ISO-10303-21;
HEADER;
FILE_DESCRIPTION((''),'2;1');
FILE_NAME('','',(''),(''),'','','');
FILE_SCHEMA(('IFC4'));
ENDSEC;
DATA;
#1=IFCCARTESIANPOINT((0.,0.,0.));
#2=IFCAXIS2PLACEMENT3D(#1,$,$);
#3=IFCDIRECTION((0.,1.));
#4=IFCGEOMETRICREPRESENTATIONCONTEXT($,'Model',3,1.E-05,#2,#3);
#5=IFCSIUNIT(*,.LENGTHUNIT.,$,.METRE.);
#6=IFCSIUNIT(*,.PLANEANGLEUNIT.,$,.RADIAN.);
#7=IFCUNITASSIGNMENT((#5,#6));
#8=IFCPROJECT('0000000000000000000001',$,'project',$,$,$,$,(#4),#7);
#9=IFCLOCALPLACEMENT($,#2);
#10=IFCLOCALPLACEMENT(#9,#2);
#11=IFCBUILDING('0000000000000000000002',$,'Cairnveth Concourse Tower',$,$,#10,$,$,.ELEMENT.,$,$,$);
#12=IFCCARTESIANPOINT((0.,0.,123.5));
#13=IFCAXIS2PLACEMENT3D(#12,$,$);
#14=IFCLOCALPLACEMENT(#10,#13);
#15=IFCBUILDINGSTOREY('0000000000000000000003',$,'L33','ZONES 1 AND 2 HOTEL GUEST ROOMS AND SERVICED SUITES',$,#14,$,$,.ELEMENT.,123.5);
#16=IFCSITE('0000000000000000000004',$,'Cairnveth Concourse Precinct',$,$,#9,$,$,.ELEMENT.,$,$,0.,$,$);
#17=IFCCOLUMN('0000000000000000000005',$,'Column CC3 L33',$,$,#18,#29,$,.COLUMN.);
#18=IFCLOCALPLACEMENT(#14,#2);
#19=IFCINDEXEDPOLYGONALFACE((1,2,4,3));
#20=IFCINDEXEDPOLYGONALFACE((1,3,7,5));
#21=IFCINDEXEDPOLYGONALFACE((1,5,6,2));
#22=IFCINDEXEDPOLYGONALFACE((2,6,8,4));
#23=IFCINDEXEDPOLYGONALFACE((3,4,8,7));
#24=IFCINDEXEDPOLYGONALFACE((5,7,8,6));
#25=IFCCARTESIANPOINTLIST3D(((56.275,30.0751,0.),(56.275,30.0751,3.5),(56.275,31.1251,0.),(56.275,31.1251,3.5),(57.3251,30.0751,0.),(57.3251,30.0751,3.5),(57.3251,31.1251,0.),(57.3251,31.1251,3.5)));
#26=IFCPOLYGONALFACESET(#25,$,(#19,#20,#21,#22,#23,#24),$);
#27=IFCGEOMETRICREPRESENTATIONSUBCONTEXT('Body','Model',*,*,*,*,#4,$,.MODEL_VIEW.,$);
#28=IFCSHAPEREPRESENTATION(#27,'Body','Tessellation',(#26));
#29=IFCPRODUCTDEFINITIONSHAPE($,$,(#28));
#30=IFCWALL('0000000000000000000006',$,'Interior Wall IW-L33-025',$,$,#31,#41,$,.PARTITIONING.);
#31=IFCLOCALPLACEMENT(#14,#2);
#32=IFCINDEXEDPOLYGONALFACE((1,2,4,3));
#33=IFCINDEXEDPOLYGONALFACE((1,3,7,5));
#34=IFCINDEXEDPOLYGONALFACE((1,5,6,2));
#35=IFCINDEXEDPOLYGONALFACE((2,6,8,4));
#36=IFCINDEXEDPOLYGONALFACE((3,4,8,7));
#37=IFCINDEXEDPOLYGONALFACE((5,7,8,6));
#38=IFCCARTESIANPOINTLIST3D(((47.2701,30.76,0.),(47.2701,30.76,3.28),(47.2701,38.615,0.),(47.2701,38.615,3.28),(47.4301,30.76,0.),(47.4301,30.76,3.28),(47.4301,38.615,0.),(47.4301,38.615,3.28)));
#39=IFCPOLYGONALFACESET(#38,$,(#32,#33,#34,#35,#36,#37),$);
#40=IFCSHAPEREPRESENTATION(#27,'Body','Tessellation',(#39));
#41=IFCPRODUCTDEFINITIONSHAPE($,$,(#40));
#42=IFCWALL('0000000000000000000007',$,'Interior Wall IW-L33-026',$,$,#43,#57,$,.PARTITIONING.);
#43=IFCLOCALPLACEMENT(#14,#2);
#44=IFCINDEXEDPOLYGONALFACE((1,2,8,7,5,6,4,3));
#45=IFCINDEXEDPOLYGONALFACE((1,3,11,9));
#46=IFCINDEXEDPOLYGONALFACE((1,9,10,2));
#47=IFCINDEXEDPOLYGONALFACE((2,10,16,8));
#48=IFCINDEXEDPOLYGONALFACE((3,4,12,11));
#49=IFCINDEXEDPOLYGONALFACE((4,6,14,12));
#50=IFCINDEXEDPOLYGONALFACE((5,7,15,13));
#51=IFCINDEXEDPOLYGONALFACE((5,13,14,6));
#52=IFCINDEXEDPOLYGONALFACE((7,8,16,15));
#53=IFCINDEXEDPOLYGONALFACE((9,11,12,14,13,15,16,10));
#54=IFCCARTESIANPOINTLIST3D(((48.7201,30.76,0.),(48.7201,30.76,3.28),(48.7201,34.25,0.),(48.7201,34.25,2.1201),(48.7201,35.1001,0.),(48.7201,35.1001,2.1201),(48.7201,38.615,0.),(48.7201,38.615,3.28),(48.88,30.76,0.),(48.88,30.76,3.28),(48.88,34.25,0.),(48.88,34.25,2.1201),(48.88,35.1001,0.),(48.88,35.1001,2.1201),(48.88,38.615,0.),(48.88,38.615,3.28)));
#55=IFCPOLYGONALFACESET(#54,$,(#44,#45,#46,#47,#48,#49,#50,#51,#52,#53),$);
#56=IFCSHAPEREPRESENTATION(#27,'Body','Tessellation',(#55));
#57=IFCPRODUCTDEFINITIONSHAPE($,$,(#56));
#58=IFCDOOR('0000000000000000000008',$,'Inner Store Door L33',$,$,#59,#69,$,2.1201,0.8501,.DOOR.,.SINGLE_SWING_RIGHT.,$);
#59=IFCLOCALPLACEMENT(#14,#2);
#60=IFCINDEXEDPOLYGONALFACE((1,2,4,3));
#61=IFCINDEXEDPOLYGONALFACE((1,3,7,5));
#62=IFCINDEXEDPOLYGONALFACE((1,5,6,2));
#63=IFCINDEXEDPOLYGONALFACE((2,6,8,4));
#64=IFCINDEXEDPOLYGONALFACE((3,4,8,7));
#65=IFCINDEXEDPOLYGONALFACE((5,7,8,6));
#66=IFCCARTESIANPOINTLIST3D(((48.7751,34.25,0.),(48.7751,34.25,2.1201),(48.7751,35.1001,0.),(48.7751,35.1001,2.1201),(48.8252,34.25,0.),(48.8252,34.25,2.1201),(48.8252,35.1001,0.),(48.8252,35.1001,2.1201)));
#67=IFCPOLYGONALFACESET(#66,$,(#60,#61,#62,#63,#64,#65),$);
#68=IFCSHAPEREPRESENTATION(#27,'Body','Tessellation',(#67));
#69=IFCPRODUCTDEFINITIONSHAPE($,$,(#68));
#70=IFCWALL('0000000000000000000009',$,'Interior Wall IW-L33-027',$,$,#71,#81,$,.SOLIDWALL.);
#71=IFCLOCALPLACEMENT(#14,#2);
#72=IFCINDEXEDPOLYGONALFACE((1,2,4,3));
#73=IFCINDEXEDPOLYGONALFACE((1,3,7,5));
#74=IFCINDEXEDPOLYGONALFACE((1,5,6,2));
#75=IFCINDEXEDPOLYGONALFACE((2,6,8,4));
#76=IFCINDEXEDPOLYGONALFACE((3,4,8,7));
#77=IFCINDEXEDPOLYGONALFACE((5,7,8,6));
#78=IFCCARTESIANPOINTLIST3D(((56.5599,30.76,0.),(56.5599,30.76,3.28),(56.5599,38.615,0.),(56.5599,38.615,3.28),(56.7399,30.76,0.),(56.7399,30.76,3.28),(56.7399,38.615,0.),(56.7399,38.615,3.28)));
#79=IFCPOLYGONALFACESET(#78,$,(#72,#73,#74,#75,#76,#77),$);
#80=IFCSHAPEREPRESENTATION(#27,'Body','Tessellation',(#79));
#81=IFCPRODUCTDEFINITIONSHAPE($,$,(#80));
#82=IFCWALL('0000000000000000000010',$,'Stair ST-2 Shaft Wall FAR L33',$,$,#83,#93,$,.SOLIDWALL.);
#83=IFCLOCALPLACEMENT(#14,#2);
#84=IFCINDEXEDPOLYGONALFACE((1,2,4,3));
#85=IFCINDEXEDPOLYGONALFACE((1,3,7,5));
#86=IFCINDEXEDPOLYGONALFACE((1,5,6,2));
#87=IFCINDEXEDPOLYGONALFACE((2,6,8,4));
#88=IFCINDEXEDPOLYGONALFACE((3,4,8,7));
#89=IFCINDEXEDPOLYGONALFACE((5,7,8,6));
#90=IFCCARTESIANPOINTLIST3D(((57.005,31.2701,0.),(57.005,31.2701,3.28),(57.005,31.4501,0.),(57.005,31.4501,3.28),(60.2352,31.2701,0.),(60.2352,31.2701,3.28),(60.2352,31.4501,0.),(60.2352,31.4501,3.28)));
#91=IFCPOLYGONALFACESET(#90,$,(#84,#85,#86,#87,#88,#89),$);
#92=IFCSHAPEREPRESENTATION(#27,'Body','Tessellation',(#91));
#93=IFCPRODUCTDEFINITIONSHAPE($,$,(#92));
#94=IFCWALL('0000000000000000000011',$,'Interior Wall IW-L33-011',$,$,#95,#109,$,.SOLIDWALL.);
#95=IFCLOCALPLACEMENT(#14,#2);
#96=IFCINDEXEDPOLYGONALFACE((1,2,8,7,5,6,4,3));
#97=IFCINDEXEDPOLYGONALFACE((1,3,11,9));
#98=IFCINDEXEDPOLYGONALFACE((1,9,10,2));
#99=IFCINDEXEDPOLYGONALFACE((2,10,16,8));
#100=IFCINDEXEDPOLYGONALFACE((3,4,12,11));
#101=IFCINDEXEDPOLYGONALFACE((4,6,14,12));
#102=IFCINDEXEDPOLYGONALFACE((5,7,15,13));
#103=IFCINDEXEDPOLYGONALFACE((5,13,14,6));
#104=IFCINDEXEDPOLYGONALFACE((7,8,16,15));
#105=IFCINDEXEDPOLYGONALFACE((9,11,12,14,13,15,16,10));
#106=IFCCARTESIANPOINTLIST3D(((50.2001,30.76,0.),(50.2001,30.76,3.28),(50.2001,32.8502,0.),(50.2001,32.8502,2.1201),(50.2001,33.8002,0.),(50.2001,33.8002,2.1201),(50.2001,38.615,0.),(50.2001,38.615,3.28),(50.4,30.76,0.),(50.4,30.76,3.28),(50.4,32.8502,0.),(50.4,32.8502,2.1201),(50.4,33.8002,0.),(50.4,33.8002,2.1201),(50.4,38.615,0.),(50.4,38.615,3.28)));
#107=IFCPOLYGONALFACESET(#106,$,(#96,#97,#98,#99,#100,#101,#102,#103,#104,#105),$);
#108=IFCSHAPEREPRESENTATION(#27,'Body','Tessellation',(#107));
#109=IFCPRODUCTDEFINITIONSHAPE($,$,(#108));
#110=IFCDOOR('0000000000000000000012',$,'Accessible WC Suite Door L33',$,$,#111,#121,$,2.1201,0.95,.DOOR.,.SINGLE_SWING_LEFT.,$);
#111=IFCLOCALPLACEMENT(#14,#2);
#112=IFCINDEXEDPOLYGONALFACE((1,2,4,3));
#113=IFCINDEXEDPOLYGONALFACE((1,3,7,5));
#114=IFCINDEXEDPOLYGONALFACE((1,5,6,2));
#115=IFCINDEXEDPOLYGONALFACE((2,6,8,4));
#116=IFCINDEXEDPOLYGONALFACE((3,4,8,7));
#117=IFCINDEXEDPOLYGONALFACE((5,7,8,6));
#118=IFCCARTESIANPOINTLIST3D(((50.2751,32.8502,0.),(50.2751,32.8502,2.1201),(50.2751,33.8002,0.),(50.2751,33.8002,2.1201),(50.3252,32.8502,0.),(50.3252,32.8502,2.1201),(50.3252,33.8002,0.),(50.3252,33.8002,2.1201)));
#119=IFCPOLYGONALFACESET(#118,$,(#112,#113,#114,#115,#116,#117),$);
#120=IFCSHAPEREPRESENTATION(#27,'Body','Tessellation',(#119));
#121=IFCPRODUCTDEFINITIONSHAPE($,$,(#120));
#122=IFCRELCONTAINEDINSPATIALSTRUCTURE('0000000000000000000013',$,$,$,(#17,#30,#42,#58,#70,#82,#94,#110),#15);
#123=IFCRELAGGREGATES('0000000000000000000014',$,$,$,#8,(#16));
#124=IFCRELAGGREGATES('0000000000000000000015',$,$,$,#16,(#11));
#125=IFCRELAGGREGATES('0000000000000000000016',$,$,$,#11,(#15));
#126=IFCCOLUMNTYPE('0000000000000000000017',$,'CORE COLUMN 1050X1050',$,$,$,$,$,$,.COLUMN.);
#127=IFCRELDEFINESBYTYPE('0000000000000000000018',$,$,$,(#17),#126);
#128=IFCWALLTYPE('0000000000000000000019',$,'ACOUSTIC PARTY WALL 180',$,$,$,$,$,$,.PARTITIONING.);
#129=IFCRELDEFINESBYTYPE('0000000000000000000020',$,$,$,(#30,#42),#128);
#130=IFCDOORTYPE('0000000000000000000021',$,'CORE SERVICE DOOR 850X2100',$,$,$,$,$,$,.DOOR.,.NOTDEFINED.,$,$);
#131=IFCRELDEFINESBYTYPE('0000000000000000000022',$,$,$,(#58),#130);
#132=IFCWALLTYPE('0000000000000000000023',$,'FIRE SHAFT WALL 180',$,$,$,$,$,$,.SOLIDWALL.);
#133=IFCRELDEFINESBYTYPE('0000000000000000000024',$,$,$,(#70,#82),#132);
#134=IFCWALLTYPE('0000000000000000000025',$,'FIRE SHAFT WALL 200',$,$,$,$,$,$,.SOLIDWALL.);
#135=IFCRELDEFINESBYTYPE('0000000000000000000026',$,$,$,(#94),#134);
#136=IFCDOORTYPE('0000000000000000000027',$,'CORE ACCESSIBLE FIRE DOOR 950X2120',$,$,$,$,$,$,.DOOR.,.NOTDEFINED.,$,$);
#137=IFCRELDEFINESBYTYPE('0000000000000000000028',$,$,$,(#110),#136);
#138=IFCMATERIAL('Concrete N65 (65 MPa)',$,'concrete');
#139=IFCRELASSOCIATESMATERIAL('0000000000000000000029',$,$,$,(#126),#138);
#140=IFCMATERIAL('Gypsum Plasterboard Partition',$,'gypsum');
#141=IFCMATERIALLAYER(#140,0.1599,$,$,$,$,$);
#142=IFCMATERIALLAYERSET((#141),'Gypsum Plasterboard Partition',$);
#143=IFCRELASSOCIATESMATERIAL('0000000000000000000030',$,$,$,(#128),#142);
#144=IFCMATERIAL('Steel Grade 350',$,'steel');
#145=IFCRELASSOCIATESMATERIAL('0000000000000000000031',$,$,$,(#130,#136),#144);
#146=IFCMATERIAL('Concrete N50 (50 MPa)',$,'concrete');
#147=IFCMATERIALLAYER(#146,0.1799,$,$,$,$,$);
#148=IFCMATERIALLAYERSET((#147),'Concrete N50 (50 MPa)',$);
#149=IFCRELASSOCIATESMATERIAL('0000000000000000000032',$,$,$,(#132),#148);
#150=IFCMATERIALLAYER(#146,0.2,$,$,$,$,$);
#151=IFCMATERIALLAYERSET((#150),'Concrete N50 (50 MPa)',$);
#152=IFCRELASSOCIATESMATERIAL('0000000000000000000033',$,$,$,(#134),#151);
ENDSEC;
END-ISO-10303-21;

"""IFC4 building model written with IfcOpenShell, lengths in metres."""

from ifc_helpers import new_model, si_unit, direction, frame, frame_2d, origin, origin_2d, place, context, subcontext, project, spatial, rectangle, extrude, material, layer, layer_set, material_profile, profile_set, type_object, element, fill, save


model = new_model("IFC4")

# Units and contexts
model_context = context("Model", 3, precision=1e-05, world=origin(), true_north=direction((0.0, 1.0)))
body_context = subcontext(model_context, "Body", "Model", "MODEL_VIEW")
ifc_project = project(units=[si_unit("LENGTHUNIT", "METRE"), si_unit("PLANEANGLEUNIT", "RADIAN")], contexts=[model_context])

# Site, building, storey
site_placement = place(None, origin())
site = spatial("IfcSite", under=ifc_project, at=site_placement, Name="Cairnveth Concourse Precinct", CompositionType="ELEMENT", RefElevation=0.0)
building_placement = place(site_placement, origin())
building = spatial("IfcBuilding", under=site, at=building_placement, Name="Cairnveth Concourse Tower", CompositionType="ELEMENT")
storey_placement = place(building_placement, frame((0.0, 0.0, 123.5)))
storey = spatial("IfcBuildingStorey", under=building, at=storey_placement, Name="L33", Description="ZONES 1 AND 2 HOTEL GUEST ROOMS AND SERVICED SUITES", CompositionType="ELEMENT", Elevation=123.5)

# Column
ifc_material_1 = material(Name="Concrete N65 (65 MPa)", Category="concrete")
ifc_material_profile = material_profile(ifc_material_1, rectangle(XDim=1.05, YDim=1.05, at=origin_2d()), Name="RC-COL-1050x1050")
ifc_profile_set = profile_set([ifc_material_profile], Name="Concrete N65 (65 MPa)")
column_type = type_object("IfcColumnType", Name="CORE COLUMN 1050X1050", PredefinedType="COLUMN", material=ifc_profile_set)
column_placement = place(storey_placement, frame((56.8, 30.6001, 0.0), z_axis=(0.0, 0.0, 1.0), x_axis=(1.0, 0.0, 0.0)))
element("IfcColumn", 1, at=column_placement, inside=storey, type_object=column_type, Name="Column CC3 L33", PredefinedType="COLUMN", context=body_context, shape_type="SweptSolid", body=[
    extrude(rectangle(XDim=1.05, YDim=1.05, at=origin_2d()), origin(), (0.0, 0.0, 1.0), 3.5),
])

# Wall
ifc_material_2 = material(Name="Gypsum Plasterboard Partition", Category="gypsum")
ifc_layer_1 = layer(ifc_material_2, 0.1599)
ifc_layer_set_1 = layer_set([ifc_layer_1], Name="Gypsum Plasterboard Partition")
wall_type_1 = type_object("IfcWallType", Name="ACOUSTIC PARTY WALL 180", PredefinedType="PARTITIONING", material=ifc_layer_set_1)
wall_1_placement = place(storey_placement, frame((47.3501, 30.76, 0.0), z_axis=(0.0, 0.0, 1.0), x_axis=(0.0, 1.0, 0.0)))
element("IfcWall", 2, at=wall_1_placement, inside=storey, type_object=wall_type_1, Name="Interior Wall IW-L33-025", PredefinedType="PARTITIONING", context=body_context, shape_type="SweptSolid", body=[
    extrude(rectangle(XDim=7.855, YDim=0.1599, at=frame_2d((3.9275, 0.0))), origin(), (0.0, 0.0, 1.0), 3.28),
])

# Wall, opening, door
wall_2_placement = place(storey_placement, frame((48.8, 30.76, 0.0), z_axis=(0.0, 0.0, 1.0), x_axis=(0.0, 1.0, 0.0)))
wall_2 = element("IfcWall", 3, at=wall_2_placement, inside=storey, type_object=wall_type_1, Name="Interior Wall IW-L33-026", PredefinedType="PARTITIONING", context=body_context, shape_type="SweptSolid", body=[
    extrude(rectangle(XDim=7.855, YDim=0.1599, at=frame_2d((3.9275, 0.0))), origin(), (0.0, 0.0, 1.0), 3.28),
])
opening_1_placement = place(wall_2_placement, frame((3.49, 0.0, 0.0)))
opening_1 = element("IfcOpeningElement", 4, at=opening_1_placement, cuts=wall_2, PredefinedType="OPENING", context=body_context, shape_type="SweptSolid", body=[
    extrude(rectangle(XDim=0.8501, YDim=2.1201, at=frame_2d((0.425, 1.0601))), frame((0.0, 0.0898, 0.0), z_axis=(0.0, -1.0, 0.0), x_axis=(1.0, 0.0, 0.0)), (0.0, 0.0, 1.0), 0.1799),
])
ifc_material_3 = material(Name="Steel Grade 350", Category="steel")
door_type_1 = type_object("IfcDoorType", Name="CORE SERVICE DOOR 850X2100", OperationType="NOTDEFINED", PredefinedType="DOOR", material=ifc_material_3)
door_1_placement = place(opening_1_placement, origin())
door_1 = element("IfcDoor", 5, at=door_1_placement, inside=storey, type_object=door_type_1, Name="Inner Store Door L33", OperationType="SINGLE_SWING_RIGHT", OverallHeight=2.1201, OverallWidth=0.8501, PredefinedType="DOOR", context=body_context, shape_type="SweptSolid", body=[
    extrude(rectangle(XDim=0.8501, YDim=2.1201, at=frame_2d((0.425, 1.0601))), frame((0.0, 0.0249, 0.0), z_axis=(0.0, -1.0, 0.0), x_axis=(1.0, 0.0, 0.0)), (0.0, 0.0, 1.0), 0.05),
])
fill(opening_1, door_1)

# Walls
ifc_material_4 = material(Name="Concrete N50 (50 MPa)", Category="concrete")
ifc_layer_2 = layer(ifc_material_4, 0.1799)
ifc_layer_set_2 = layer_set([ifc_layer_2], Name="Concrete N50 (50 MPa)")
wall_type_2 = type_object("IfcWallType", Name="FIRE SHAFT WALL 180", PredefinedType="SOLIDWALL", material=ifc_layer_set_2)
wall_3_placement = place(storey_placement, frame((56.6499, 30.76, 0.0), z_axis=(0.0, 0.0, 1.0), x_axis=(0.0, 1.0, 0.0)))
element("IfcWall", 6, at=wall_3_placement, inside=storey, type_object=wall_type_2, Name="Interior Wall IW-L33-027", PredefinedType="SOLIDWALL", context=body_context, shape_type="SweptSolid", body=[
    extrude(rectangle(XDim=7.855, YDim=0.1799, at=frame_2d((3.9275, 0.0))), origin(), (0.0, 0.0, 1.0), 3.28),
])
wall_4_placement = place(storey_placement, frame((57.0049, 31.3601, 0.0), z_axis=(0.0, 0.0, 1.0), x_axis=(1.0, 0.0, 0.0)))
element("IfcWall", 7, at=wall_4_placement, inside=storey, type_object=wall_type_2, Name="Stair ST-2 Shaft Wall FAR L33", PredefinedType="SOLIDWALL", context=body_context, shape_type="SweptSolid", body=[
    extrude(rectangle(XDim=3.2302, YDim=0.1799, at=frame_2d((1.6152, 0.0))), origin(), (0.0, 0.0, 1.0), 3.28),
])

# Wall, opening, door
ifc_layer_3 = layer(ifc_material_4, 0.2)
ifc_layer_set_3 = layer_set([ifc_layer_3], Name="Concrete N50 (50 MPa)")
wall_type_3 = type_object("IfcWallType", Name="FIRE SHAFT WALL 200", PredefinedType="SOLIDWALL", material=ifc_layer_set_3)
wall_5_placement = place(storey_placement, frame((50.3, 30.76, 0.0), z_axis=(0.0, 0.0, 1.0), x_axis=(0.0, 1.0, 0.0)))
wall_5 = element("IfcWall", 8, at=wall_5_placement, inside=storey, type_object=wall_type_3, Name="Interior Wall IW-L33-011", PredefinedType="SOLIDWALL", context=body_context, shape_type="SweptSolid", body=[
    extrude(rectangle(XDim=7.855, YDim=0.2, at=frame_2d((3.9275, 0.0))), origin(), (0.0, 0.0, 1.0), 3.28),
])
opening_2_placement = place(wall_5_placement, frame((2.0901, 0.0, 0.0)))
opening_2 = element("IfcOpeningElement", 9, at=opening_2_placement, cuts=wall_5, PredefinedType="OPENING", context=body_context, shape_type="SweptSolid", body=[
    extrude(rectangle(XDim=0.95, YDim=2.1201, at=frame_2d((0.4751, 1.0601))), frame((0.0, 0.1099, 0.0), z_axis=(0.0, -1.0, 0.0), x_axis=(1.0, 0.0, 0.0)), (0.0, 0.0, 1.0), 0.22),
])
door_type_2 = type_object("IfcDoorType", Name="CORE ACCESSIBLE FIRE DOOR 950X2120", OperationType="NOTDEFINED", PredefinedType="DOOR", material=ifc_material_3)
door_2_placement = place(opening_2_placement, origin())
door_2 = element("IfcDoor", 10, at=door_2_placement, inside=storey, type_object=door_type_2, Name="Accessible WC Suite Door L33", OperationType="SINGLE_SWING_LEFT", OverallHeight=2.1201, OverallWidth=0.95, PredefinedType="DOOR", context=body_context, shape_type="SweptSolid", body=[
    extrude(rectangle(XDim=0.95, YDim=2.1201, at=frame_2d((0.4751, 1.0601))), frame((0.0, 0.0249, 0.0), z_axis=(0.0, -1.0, 0.0), x_axis=(1.0, 0.0, 0.0)), (0.0, 0.0, 1.0), 0.05),
])
fill(opening_2, door_2)

save(model, "model.ifc")
